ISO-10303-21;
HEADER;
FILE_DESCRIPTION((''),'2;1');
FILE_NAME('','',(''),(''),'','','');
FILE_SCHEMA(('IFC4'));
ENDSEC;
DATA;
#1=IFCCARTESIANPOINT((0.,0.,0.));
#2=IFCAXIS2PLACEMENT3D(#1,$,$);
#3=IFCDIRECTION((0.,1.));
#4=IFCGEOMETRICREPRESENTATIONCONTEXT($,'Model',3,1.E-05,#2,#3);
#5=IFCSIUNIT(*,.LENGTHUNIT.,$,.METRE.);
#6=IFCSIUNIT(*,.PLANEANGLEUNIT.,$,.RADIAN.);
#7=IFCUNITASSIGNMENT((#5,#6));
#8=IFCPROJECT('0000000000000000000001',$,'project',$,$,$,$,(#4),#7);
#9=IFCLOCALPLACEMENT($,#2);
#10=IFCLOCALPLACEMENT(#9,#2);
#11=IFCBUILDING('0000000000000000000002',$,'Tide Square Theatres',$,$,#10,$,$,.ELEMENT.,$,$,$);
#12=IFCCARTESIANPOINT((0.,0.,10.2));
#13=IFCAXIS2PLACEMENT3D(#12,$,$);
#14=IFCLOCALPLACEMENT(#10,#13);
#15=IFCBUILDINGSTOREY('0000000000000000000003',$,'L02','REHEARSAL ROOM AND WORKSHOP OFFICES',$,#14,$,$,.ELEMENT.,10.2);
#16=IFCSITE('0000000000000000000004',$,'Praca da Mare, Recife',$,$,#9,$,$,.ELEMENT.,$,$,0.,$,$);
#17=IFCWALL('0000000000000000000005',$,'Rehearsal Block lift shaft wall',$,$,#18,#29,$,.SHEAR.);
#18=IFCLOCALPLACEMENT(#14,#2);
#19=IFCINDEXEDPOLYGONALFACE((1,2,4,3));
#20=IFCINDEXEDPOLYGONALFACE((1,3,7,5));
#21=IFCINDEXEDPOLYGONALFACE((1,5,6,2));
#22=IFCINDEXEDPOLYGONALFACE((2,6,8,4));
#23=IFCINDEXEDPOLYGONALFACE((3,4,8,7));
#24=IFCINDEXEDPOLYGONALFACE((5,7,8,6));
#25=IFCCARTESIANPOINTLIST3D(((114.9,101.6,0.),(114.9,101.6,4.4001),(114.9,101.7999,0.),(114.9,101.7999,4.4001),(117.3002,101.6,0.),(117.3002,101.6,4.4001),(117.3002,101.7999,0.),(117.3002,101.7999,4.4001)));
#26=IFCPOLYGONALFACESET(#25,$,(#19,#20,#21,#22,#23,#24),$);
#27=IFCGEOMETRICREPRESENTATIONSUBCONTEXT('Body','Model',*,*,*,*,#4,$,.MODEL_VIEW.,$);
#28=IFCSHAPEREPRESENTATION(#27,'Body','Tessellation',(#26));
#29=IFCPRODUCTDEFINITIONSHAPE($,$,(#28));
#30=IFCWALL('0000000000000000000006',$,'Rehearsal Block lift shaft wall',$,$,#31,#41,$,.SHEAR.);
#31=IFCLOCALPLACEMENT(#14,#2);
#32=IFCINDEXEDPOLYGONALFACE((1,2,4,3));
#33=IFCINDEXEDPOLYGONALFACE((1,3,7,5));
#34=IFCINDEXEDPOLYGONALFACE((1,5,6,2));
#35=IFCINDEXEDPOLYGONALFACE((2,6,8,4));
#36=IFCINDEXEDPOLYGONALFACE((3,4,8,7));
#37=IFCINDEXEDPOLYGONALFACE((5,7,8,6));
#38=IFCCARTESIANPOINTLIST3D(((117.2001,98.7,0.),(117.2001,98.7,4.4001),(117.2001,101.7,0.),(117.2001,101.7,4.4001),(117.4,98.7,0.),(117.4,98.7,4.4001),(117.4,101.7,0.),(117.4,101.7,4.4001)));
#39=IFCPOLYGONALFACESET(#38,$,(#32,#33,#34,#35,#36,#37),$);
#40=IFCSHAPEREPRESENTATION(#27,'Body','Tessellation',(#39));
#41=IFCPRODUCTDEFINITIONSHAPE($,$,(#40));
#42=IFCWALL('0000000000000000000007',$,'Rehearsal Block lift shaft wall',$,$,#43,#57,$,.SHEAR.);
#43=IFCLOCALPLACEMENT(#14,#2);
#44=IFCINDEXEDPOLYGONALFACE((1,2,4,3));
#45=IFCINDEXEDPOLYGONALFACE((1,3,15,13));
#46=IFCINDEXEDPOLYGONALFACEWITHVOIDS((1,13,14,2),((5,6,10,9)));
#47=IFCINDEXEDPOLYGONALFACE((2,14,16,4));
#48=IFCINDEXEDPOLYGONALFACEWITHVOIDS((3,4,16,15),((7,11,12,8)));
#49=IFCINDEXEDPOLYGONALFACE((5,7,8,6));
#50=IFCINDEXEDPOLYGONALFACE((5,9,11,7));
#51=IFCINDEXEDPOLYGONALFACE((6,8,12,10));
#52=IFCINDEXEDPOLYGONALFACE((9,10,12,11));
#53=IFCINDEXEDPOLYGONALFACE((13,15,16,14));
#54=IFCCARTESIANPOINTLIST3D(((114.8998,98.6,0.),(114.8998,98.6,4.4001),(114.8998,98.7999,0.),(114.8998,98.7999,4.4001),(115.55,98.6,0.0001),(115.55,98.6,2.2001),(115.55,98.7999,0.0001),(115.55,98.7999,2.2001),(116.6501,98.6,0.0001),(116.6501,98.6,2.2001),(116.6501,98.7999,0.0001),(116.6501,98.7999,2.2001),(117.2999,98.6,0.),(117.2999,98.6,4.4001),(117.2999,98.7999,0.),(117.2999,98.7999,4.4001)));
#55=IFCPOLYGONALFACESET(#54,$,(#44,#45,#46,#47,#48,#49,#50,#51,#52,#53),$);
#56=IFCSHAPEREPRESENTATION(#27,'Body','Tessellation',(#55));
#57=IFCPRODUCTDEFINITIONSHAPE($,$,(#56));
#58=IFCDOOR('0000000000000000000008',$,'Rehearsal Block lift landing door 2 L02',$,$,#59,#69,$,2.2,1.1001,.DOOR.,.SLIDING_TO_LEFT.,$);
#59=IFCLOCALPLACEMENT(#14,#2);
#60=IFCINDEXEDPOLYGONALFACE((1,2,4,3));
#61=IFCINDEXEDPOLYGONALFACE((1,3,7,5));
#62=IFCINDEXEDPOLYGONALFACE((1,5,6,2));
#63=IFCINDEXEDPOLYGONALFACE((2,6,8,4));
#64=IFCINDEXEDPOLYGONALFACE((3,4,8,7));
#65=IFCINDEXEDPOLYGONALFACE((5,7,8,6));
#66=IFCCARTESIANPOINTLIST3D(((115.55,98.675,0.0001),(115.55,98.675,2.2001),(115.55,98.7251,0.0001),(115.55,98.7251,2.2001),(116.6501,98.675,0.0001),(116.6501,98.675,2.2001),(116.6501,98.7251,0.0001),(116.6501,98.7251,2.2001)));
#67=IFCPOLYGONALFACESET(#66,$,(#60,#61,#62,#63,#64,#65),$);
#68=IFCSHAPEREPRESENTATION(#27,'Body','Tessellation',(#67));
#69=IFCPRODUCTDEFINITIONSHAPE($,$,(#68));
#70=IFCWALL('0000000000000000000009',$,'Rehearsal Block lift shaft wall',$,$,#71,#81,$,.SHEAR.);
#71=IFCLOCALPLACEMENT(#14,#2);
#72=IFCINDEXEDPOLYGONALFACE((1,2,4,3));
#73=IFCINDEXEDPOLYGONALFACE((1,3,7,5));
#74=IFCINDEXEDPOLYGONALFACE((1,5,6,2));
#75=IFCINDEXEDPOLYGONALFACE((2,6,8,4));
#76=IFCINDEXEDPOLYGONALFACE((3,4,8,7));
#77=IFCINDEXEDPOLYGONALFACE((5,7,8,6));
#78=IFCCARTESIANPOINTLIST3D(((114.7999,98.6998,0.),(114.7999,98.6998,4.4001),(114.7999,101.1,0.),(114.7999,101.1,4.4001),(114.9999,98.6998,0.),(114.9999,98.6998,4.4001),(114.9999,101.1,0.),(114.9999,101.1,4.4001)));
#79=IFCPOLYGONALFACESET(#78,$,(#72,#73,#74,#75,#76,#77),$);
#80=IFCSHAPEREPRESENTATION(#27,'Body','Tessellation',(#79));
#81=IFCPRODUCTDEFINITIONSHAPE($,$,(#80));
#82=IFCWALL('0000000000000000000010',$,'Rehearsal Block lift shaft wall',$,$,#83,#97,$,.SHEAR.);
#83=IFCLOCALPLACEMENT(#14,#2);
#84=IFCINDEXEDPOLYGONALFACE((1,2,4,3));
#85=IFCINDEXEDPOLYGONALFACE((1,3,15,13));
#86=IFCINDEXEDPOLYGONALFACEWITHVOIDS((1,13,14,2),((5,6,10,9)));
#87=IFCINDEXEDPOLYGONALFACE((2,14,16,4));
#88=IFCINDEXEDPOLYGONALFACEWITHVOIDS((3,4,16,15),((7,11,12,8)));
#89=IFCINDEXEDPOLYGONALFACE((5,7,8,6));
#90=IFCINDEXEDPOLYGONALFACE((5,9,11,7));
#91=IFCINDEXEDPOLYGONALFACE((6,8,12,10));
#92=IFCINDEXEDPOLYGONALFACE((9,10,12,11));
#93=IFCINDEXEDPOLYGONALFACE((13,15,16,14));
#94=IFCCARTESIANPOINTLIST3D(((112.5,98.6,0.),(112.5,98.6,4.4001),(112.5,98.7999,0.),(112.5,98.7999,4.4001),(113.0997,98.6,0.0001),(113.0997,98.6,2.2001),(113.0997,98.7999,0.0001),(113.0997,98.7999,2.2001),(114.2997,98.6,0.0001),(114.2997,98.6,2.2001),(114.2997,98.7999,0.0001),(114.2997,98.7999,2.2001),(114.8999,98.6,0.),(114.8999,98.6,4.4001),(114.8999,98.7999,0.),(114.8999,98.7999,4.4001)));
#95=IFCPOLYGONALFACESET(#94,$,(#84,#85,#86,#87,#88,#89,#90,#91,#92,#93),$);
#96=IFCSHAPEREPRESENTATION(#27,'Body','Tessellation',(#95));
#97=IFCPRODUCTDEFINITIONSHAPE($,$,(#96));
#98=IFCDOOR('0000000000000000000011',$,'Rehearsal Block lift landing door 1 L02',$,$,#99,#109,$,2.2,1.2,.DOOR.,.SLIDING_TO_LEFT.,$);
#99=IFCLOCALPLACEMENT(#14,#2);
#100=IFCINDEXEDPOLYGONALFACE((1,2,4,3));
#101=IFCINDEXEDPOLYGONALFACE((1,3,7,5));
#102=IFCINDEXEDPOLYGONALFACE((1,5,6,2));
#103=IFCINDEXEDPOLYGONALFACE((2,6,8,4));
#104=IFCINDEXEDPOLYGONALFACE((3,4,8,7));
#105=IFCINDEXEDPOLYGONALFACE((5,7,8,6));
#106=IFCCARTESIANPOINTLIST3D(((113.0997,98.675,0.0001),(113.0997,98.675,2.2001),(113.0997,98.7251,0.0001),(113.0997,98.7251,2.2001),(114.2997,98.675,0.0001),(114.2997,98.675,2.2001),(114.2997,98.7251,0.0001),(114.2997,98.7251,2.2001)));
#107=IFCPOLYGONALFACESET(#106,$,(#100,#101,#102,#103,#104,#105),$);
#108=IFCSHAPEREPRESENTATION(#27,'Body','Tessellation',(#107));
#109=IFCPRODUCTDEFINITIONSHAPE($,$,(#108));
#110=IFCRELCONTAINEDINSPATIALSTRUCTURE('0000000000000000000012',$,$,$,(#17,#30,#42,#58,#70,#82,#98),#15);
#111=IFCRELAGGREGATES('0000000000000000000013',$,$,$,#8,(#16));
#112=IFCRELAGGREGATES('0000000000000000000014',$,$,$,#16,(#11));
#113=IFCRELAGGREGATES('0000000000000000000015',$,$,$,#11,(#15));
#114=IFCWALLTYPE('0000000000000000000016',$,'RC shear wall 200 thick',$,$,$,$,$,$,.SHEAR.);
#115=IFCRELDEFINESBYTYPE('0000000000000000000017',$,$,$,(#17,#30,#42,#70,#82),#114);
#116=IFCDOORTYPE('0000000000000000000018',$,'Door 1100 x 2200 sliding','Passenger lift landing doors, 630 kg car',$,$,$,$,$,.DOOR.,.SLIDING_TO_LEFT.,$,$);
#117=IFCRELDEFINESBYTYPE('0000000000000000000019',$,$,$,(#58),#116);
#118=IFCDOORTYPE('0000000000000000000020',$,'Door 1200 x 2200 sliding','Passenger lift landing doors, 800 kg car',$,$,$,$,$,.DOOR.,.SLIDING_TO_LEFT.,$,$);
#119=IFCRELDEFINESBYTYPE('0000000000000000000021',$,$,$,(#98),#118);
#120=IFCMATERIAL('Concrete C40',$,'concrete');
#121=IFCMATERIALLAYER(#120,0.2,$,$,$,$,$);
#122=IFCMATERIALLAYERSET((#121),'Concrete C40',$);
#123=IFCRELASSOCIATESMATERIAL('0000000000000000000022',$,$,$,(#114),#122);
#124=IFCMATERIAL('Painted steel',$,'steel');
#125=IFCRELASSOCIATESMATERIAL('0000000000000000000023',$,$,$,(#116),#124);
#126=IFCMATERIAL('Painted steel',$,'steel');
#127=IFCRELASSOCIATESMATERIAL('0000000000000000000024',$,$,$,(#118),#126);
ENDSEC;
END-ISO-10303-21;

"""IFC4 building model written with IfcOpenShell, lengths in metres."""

from ifc_helpers import new_model, si_unit, direction, frame, frame_2d, origin, place, context, subcontext, project, spatial, rectangle, extrude, material, layer, layer_set, type_object, element, fill, save


model = new_model("IFC4")

# Units and contexts
model_context = context("Model", 3, precision=1e-05, world=origin(), true_north=direction((0.0, 1.0)))
body_context = subcontext(model_context, "Body", "Model", "MODEL_VIEW")
ifc_project = project(units=[si_unit("LENGTHUNIT", "METRE"), si_unit("PLANEANGLEUNIT", "RADIAN")], contexts=[model_context])

# Site, building, storey
site_placement = place(None, origin())
site = spatial("IfcSite", under=ifc_project, at=site_placement, Name="Praca da Mare, Recife", CompositionType="ELEMENT", RefElevation=0.0)
building_placement = place(site_placement, origin())
building = spatial("IfcBuilding", under=site, at=building_placement, Name="Tide Square Theatres", CompositionType="ELEMENT")
storey_placement = place(building_placement, frame((0.0, 0.0, 10.2)))
storey = spatial("IfcBuildingStorey", under=building, at=storey_placement, Name="L02", Description="REHEARSAL ROOM AND WORKSHOP OFFICES", CompositionType="ELEMENT", Elevation=10.2)

# Walls
ifc_material_1 = material(Name="Concrete C40", Category="concrete")
ifc_layer_1 = layer(ifc_material_1, 0.2)
ifc_layer_set_1 = layer_set([ifc_layer_1], Name="Concrete C40")
wall_type_1 = type_object("IfcWallType", Name="RC shear wall 200 thick", PredefinedType="SHEAR", material=ifc_layer_set_1)
wall_1_placement = place(storey_placement, frame((114.8999, 101.7, 0.0), z_axis=(0.0, 0.0, 1.0), x_axis=(1.0, 0.0, 0.0)))
element("IfcWall", 1, at=wall_1_placement, inside=storey, type_object=wall_type_1, Name="Rehearsal Block lift shaft wall", PredefinedType="SHEAR", context=body_context, shape_type="SweptSolid", body=[
    extrude(rectangle(XDim=2.4001, YDim=0.2, at=frame_2d((1.2002, 0.0))), origin(), (0.0, 0.0, 1.0), 4.4001),
])
wall_2_placement = place(storey_placement, frame((117.3, 101.7, 0.0), z_axis=(0.0, 0.0, 1.0), x_axis=(0.0, -1.0, 0.0)))
element("IfcWall", 2, at=wall_2_placement, inside=storey, type_object=wall_type_1, Name="Rehearsal Block lift shaft wall", PredefinedType="SHEAR", context=body_context, shape_type="SweptSolid", body=[
    extrude(rectangle(XDim=3.0, YDim=0.2, at=frame_2d((1.5, 0.0))), origin(), (0.0, 0.0, 1.0), 4.4001),
])

# Wall, opening, door
wall_3_placement = place(storey_placement, frame((117.3, 98.7, 0.0), z_axis=(0.0, 0.0, 1.0), x_axis=(-1.0, 0.0, 0.0)))
wall_3 = element("IfcWall", 3, at=wall_3_placement, inside=storey, type_object=wall_type_1, Name="Rehearsal Block lift shaft wall", PredefinedType="SHEAR", context=body_context, shape_type="SweptSolid", body=[
    extrude(rectangle(XDim=2.4001, YDim=0.2, at=frame_2d((1.2002, 0.0))), origin(), (0.0, 0.0, 1.0), 4.4001),
])
opening_1_placement = place(wall_3_placement, frame((0.6499, 0.0, 0.0)))
opening_1 = element("IfcOpeningElement", 4, at=opening_1_placement, cuts=wall_3, PredefinedType="OPENING", context=body_context, shape_type="SweptSolid", body=[
    extrude(rectangle(XDim=1.1001, YDim=2.2, at=frame_2d((0.55, 1.1001))), frame((0.0, 0.1099, 0.0), z_axis=(0.0, -1.0, 0.0), x_axis=(1.0, 0.0, 0.0)), (0.0, 0.0, 1.0), 0.22),
])
ifc_material_2 = material(Name="Painted steel", Category="steel")
door_type_1 = type_object("IfcDoorType", Name="Door 1100 x 2200 sliding", Description="Passenger lift landing doors, 630 kg car", OperationType="SLIDING_TO_LEFT", PredefinedType="DOOR", material=ifc_material_2)
door_1_placement = place(opening_1_placement, origin())
door_1 = element("IfcDoor", 5, at=door_1_placement, inside=storey, type_object=door_type_1, Name="Rehearsal Block lift landing door 2 L02", OperationType="SLIDING_TO_LEFT", OverallHeight=2.2, OverallWidth=1.1001, PredefinedType="DOOR", context=body_context, shape_type="SweptSolid", body=[
    extrude(rectangle(XDim=1.1001, YDim=2.2, at=frame_2d((0.55, 1.1001))), frame((0.0, 0.0249, 0.0), z_axis=(0.0, -1.0, 0.0), x_axis=(1.0, 0.0, 0.0)), (0.0, 0.0, 1.0), 0.05),
])
fill(opening_1, door_1)

# Wall
wall_4_placement = place(storey_placement, frame((114.8999, 101.1001, 0.0), z_axis=(0.0, 0.0, 1.0), x_axis=(0.0, -1.0, 0.0)))
element("IfcWall", 6, at=wall_4_placement, inside=storey, type_object=wall_type_1, Name="Rehearsal Block lift shaft wall", PredefinedType="SHEAR", context=body_context, shape_type="SweptSolid", body=[
    extrude(rectangle(XDim=2.4001, YDim=0.2, at=frame_2d((1.2002, 0.0))), origin(), (0.0, 0.0, 1.0), 4.4001),
])

# Wall, opening, door
wall_5_placement = place(storey_placement, frame((114.8999, 98.7, 0.0), z_axis=(0.0, 0.0, 1.0), x_axis=(-1.0, 0.0, 0.0)))
wall_5 = element("IfcWall", 7, at=wall_5_placement, inside=storey, type_object=wall_type_1, Name="Rehearsal Block lift shaft wall", PredefinedType="SHEAR", context=body_context, shape_type="SweptSolid", body=[
    extrude(rectangle(XDim=2.3999, YDim=0.2, at=frame_2d((1.2, 0.0))), origin(), (0.0, 0.0, 1.0), 4.4001),
])
opening_2_placement = place(wall_5_placement, frame((0.6001, 0.0, 0.0)))
opening_2 = element("IfcOpeningElement", 8, at=opening_2_placement, cuts=wall_5, PredefinedType="OPENING", context=body_context, shape_type="SweptSolid", body=[
    extrude(rectangle(XDim=1.2, YDim=2.2, at=frame_2d((0.6001, 1.1001))), frame((0.0, 0.1099, 0.0), z_axis=(0.0, -1.0, 0.0), x_axis=(1.0, 0.0, 0.0)), (0.0, 0.0, 1.0), 0.22),
])
ifc_material_3 = material(Name="Painted steel", Category="steel")
door_type_2 = type_object("IfcDoorType", Name="Door 1200 x 2200 sliding", Description="Passenger lift landing doors, 800 kg car", OperationType="SLIDING_TO_LEFT", PredefinedType="DOOR", material=ifc_material_3)
door_2_placement = place(opening_2_placement, origin())
door_2 = element("IfcDoor", 9, at=door_2_placement, inside=storey, type_object=door_type_2, Name="Rehearsal Block lift landing door 1 L02", OperationType="SLIDING_TO_LEFT", OverallHeight=2.2, OverallWidth=1.2, PredefinedType="DOOR", context=body_context, shape_type="SweptSolid", body=[
    extrude(rectangle(XDim=1.2, YDim=2.2, at=frame_2d((0.6001, 1.1001))), frame((0.0, 0.0249, 0.0), z_axis=(0.0, -1.0, 0.0), x_axis=(1.0, 0.0, 0.0)), (0.0, 0.0, 1.0), 0.05),
])
fill(opening_2, door_2)

save(model, "model.ifc")
